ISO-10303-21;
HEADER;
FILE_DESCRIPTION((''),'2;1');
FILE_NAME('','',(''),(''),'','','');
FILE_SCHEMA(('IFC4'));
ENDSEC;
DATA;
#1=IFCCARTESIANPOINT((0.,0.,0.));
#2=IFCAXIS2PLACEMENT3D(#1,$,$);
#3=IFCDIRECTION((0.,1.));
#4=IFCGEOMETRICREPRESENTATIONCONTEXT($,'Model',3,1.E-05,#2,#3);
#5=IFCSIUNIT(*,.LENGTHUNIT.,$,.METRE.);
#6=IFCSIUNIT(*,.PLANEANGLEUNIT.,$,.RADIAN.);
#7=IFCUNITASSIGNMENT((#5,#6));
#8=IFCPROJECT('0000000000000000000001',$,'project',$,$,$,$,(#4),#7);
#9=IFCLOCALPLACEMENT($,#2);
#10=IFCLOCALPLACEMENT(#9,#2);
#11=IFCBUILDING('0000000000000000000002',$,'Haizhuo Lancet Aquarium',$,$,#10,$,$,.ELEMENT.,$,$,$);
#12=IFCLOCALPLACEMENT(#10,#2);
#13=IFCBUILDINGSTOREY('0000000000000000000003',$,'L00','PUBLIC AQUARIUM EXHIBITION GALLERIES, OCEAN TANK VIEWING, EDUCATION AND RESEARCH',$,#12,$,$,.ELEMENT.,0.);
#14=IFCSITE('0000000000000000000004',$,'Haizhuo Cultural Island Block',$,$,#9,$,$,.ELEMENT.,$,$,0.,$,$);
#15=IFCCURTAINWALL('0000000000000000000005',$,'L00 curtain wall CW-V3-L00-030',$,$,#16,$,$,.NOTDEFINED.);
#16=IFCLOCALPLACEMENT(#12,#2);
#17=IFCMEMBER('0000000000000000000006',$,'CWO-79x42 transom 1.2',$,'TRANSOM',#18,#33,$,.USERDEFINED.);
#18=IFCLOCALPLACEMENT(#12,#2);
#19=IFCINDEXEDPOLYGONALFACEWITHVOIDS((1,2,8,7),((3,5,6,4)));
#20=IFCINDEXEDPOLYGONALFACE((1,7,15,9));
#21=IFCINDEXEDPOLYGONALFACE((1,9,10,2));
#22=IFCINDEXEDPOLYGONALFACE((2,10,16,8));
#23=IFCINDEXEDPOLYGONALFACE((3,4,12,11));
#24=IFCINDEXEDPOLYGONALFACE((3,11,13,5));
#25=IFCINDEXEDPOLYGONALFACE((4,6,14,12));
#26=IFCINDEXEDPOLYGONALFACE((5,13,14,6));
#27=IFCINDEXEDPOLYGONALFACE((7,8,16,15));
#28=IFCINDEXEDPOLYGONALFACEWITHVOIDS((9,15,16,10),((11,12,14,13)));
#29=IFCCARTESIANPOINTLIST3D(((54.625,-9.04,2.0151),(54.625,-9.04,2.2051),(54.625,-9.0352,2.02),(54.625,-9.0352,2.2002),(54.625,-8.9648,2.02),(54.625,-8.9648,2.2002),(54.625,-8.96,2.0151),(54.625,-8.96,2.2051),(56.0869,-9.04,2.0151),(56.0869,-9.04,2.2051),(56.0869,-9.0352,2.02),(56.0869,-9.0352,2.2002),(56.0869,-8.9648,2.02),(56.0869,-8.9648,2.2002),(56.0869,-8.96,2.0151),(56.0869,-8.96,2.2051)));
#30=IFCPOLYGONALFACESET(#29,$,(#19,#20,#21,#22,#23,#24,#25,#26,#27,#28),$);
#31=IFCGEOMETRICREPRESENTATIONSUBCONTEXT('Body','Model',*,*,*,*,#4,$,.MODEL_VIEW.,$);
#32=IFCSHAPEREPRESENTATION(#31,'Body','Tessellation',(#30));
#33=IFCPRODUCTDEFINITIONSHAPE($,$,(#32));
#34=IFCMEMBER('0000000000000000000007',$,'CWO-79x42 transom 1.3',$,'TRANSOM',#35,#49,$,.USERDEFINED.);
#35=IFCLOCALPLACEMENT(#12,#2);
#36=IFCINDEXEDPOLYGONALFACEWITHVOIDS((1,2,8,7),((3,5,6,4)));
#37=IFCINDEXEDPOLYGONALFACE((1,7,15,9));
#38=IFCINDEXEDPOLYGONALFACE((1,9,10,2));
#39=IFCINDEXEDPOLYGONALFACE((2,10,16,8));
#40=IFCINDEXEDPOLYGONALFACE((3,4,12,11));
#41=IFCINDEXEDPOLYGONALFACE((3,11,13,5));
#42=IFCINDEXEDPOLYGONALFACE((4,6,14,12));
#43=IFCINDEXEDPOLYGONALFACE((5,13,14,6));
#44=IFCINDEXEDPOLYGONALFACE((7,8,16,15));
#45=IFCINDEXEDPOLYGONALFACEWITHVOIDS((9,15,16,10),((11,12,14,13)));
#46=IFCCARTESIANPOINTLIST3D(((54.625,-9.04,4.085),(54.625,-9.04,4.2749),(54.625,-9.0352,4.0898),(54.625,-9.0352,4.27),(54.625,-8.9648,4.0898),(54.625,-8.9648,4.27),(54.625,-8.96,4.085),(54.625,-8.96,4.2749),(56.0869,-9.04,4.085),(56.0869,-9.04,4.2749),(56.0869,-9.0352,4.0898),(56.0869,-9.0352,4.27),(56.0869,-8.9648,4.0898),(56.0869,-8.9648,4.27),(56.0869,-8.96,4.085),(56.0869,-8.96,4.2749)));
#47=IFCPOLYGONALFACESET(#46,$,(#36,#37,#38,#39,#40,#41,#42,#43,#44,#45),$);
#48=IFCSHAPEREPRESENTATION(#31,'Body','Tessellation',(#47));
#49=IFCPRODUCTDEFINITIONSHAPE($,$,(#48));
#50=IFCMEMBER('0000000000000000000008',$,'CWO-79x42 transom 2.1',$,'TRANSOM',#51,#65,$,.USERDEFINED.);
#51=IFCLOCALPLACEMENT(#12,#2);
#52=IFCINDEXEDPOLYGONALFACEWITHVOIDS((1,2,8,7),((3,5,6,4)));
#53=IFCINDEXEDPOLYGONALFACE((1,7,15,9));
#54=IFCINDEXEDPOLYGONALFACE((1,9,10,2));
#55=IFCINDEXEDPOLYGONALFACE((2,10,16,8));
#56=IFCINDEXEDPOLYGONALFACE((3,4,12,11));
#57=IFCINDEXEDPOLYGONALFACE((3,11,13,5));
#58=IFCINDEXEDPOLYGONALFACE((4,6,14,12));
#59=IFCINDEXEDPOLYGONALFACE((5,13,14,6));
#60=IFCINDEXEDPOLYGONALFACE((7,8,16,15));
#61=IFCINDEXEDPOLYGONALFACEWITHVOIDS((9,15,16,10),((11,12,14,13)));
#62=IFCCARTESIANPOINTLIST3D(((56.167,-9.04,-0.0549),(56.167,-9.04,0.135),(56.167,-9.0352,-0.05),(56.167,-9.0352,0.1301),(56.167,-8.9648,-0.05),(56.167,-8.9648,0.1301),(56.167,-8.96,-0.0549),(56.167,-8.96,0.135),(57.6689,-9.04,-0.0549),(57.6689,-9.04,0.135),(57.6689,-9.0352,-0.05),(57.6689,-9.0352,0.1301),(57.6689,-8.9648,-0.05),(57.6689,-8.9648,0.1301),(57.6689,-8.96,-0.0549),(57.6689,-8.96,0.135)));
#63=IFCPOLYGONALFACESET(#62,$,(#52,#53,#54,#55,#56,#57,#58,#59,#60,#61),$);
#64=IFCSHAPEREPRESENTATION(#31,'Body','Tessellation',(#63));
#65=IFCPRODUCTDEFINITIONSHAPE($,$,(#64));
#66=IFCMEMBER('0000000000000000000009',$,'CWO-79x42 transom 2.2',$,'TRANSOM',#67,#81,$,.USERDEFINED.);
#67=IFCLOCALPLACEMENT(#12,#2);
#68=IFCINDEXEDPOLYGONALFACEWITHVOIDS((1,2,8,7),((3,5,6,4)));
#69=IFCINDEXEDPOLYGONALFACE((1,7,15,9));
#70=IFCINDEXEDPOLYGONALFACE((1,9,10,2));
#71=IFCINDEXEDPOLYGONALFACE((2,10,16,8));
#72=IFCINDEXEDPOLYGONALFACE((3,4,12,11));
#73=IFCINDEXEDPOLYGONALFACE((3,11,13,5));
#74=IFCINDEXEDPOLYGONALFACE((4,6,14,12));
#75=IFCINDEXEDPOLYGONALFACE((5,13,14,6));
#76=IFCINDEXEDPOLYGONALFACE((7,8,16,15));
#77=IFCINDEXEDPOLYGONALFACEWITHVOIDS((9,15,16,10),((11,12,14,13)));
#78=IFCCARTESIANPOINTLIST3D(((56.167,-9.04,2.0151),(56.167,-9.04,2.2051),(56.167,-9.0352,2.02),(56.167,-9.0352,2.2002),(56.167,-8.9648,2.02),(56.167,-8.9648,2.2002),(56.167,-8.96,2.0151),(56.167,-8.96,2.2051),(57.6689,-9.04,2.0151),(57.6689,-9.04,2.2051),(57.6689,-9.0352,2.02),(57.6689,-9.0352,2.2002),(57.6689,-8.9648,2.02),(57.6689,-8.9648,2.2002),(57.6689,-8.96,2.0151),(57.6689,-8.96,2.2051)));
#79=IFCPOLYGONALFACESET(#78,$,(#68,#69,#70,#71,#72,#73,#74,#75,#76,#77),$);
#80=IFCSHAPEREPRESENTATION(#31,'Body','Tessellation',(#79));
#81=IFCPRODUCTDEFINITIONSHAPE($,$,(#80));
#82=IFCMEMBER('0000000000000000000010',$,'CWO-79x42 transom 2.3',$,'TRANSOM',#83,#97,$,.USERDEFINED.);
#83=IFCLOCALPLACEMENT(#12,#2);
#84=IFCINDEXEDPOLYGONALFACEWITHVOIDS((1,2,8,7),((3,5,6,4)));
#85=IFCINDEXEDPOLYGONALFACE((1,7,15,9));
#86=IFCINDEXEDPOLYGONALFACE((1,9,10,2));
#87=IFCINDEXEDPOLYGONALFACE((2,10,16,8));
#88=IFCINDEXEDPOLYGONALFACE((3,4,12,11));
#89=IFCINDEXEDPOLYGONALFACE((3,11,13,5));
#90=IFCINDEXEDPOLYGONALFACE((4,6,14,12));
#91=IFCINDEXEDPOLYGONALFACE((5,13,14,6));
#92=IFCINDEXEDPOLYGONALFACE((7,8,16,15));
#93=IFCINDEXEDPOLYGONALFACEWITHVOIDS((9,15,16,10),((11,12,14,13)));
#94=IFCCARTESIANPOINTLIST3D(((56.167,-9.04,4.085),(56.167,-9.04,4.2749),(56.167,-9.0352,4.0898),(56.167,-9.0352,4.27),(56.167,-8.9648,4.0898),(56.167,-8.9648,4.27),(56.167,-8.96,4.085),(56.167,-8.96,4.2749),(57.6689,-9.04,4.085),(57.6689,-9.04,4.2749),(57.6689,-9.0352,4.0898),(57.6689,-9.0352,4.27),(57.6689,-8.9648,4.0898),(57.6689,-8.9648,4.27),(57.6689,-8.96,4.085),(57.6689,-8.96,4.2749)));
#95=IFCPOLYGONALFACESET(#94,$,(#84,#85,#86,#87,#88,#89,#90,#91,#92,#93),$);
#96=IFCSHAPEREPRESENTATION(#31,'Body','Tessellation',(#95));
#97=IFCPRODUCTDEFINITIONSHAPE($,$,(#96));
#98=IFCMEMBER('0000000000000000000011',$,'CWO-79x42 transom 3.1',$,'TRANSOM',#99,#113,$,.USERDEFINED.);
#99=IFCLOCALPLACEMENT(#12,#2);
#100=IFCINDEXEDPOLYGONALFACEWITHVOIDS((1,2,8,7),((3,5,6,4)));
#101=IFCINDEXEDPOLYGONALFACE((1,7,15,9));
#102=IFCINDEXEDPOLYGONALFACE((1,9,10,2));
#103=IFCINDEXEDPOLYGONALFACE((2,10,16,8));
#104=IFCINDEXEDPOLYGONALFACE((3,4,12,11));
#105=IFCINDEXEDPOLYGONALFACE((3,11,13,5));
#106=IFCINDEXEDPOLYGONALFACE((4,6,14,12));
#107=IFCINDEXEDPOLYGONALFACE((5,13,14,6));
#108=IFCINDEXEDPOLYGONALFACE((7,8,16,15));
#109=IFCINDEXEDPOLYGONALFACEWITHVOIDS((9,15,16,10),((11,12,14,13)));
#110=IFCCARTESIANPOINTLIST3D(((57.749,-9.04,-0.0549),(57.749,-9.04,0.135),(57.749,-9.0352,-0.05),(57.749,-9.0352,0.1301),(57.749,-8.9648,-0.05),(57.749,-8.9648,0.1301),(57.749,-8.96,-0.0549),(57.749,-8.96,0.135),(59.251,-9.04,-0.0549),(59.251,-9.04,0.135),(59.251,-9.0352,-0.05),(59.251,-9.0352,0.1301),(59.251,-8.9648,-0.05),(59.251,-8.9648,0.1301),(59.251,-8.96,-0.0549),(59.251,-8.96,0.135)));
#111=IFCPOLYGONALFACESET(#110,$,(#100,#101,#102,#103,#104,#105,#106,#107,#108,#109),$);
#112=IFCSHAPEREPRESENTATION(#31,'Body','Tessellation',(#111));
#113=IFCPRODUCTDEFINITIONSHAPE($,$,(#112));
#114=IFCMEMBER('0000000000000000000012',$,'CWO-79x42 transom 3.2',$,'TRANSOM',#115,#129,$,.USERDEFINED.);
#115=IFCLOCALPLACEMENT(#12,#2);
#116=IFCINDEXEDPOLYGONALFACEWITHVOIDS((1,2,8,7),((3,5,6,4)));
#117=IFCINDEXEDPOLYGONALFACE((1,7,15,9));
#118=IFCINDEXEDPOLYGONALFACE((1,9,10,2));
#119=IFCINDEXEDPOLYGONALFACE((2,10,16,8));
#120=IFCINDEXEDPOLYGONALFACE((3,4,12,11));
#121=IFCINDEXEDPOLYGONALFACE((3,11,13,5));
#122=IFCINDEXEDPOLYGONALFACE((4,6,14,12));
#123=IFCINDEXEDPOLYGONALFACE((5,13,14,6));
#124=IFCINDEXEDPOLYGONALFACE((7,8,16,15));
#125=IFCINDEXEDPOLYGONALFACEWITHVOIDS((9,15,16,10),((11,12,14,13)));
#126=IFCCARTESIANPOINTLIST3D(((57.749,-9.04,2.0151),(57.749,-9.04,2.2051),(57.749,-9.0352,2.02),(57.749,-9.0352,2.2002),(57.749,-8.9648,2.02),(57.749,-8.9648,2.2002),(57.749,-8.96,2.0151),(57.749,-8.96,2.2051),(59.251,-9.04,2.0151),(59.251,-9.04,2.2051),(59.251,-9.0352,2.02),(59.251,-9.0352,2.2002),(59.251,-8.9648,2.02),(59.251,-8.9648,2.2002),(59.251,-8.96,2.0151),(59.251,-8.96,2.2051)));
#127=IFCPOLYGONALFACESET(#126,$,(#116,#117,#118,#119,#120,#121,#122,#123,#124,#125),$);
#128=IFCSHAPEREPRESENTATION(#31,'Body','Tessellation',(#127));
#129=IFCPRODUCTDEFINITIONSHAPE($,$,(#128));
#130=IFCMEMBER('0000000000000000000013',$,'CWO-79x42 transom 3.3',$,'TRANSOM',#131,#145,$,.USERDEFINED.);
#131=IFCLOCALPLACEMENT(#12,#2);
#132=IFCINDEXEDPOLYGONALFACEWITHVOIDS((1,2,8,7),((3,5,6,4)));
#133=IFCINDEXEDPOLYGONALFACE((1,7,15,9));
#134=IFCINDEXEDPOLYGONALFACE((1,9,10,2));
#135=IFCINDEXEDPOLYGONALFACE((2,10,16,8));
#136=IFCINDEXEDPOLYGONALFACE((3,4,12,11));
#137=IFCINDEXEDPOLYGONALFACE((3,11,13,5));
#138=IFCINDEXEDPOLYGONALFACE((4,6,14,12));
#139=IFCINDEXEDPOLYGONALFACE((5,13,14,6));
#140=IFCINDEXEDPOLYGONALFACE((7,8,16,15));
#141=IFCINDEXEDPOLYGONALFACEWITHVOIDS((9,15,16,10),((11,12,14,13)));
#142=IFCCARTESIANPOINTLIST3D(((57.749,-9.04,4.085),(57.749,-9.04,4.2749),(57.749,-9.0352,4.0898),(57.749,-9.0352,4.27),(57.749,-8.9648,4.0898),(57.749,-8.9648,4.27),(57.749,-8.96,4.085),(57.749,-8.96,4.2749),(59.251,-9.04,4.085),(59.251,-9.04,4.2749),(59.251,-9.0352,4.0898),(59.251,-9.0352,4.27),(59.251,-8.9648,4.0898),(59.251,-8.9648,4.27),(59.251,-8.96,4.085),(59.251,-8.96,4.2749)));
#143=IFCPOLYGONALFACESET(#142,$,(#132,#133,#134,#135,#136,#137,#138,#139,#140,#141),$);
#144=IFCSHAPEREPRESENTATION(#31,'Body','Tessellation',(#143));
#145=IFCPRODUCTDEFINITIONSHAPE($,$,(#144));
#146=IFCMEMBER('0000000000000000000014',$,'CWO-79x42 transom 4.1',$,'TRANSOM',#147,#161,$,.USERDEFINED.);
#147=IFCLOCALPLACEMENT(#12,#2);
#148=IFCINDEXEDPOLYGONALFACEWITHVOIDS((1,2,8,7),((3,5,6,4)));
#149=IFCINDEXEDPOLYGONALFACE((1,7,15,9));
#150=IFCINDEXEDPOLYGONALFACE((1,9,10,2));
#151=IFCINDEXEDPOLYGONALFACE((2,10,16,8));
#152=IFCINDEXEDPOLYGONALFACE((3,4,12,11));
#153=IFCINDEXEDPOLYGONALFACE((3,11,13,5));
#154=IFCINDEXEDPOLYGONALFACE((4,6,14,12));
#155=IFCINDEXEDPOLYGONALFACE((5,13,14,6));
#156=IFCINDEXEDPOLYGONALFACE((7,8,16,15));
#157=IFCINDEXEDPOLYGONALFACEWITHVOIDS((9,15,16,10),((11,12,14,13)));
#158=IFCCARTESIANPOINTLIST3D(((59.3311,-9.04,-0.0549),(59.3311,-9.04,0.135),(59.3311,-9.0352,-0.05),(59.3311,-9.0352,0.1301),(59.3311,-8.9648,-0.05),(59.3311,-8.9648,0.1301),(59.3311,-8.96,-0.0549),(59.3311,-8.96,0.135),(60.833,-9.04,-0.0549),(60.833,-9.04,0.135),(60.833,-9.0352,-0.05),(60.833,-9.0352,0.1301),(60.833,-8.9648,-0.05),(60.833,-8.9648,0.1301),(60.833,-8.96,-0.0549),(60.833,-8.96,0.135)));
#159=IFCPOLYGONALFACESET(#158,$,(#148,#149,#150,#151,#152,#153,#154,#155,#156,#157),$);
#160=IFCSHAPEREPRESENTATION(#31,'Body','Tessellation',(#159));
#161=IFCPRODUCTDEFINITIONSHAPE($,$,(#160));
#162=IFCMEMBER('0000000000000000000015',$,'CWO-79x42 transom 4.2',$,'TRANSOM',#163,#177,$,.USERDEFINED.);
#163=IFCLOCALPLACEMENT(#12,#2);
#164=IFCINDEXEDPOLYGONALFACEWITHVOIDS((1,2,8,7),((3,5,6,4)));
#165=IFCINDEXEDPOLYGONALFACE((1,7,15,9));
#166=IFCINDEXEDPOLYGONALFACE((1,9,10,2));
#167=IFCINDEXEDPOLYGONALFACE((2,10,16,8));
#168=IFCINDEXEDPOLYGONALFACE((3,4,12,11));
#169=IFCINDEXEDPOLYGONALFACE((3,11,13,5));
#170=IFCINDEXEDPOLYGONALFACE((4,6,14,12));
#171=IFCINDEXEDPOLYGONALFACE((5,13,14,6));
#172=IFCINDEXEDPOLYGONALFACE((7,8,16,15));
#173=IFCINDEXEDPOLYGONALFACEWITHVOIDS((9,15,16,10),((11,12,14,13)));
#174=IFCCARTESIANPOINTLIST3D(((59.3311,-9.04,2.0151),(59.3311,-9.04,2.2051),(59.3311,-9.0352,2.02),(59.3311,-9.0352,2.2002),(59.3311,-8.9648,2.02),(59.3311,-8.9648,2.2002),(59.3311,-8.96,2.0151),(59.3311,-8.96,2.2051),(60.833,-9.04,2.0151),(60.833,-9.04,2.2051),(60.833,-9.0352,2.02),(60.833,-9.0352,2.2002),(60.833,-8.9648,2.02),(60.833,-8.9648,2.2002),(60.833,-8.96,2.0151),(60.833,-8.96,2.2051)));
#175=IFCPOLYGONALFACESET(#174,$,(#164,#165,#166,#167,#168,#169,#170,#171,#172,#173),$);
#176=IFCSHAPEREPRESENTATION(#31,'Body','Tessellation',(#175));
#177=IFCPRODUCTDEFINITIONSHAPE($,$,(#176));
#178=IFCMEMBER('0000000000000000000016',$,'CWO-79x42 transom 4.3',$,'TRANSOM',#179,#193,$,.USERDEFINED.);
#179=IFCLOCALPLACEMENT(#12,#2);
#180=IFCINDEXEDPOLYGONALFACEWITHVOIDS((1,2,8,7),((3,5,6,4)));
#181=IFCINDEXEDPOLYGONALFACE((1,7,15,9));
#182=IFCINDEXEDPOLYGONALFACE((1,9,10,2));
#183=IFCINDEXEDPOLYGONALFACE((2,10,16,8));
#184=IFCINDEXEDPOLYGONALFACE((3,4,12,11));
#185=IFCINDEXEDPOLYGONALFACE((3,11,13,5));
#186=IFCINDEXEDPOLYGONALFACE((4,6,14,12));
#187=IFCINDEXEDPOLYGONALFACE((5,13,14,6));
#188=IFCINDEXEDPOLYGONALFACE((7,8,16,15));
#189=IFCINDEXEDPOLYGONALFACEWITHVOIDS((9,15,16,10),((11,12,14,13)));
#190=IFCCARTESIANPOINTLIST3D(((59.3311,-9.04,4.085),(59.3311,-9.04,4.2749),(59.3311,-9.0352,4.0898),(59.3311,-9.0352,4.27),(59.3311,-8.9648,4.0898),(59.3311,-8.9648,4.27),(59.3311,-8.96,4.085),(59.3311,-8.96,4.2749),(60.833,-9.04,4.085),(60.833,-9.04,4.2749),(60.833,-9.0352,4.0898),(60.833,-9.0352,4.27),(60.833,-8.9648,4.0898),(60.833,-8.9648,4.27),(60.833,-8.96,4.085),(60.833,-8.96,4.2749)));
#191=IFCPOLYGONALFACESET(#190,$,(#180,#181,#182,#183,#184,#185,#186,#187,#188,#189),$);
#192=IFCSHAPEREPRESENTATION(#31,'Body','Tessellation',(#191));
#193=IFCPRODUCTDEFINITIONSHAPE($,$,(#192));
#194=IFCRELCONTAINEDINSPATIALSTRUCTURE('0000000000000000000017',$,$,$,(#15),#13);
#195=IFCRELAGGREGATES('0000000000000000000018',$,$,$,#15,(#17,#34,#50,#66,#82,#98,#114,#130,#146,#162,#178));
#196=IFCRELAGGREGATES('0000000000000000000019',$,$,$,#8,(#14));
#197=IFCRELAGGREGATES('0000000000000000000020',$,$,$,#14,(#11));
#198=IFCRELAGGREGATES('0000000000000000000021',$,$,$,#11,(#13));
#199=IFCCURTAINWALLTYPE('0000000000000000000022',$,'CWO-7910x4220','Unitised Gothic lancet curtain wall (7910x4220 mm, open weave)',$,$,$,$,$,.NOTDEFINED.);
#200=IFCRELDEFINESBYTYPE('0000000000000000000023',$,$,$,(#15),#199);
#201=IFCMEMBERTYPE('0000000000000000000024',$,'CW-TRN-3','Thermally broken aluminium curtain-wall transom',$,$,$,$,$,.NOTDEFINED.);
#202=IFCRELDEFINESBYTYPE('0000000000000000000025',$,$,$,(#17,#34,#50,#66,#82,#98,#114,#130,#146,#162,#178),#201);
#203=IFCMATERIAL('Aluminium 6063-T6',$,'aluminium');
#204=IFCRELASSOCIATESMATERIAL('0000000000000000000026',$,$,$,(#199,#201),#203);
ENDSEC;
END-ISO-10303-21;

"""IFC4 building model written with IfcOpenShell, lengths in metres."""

from ifc_helpers import new_model, si_unit, direction, frame, origin, origin_2d, place, context, subcontext, project, spatial, hollow_rectangle, extrude, material, material_profile, profile_set, type_object, element, aggregate, save


model = new_model("IFC4")

# Units and contexts
model_context = context("Model", 3, precision=1e-05, world=origin(), true_north=direction((0.0, 1.0)))
body_context = subcontext(model_context, "Body", "Model", "MODEL_VIEW")
ifc_project = project(units=[si_unit("LENGTHUNIT", "METRE"), si_unit("PLANEANGLEUNIT", "RADIAN")], contexts=[model_context])

# Site, building, storey
site_placement = place(None, origin())
site = spatial("IfcSite", under=ifc_project, at=site_placement, Name="Haizhuo Cultural Island Block", CompositionType="ELEMENT", RefElevation=0.0)
building_placement = place(site_placement, origin())
building = spatial("IfcBuilding", under=site, at=building_placement, Name="Haizhuo Lancet Aquarium", CompositionType="ELEMENT")
storey_placement = place(building_placement, origin())
storey = spatial("IfcBuildingStorey", under=building, at=storey_placement, Name="L00", Description="PUBLIC AQUARIUM EXHIBITION GALLERIES, OCEAN TANK VIEWING, EDUCATION AND RESEARCH", CompositionType="ELEMENT", Elevation=0.0)

# Curtain wall, members
ifc_material_1 = material(Name="Aluminium 6063-T6", Category="aluminium")
curtain_wall_type = type_object("IfcCurtainWallType", Name="CWO-7910x4220", Description="Unitised Gothic lancet curtain wall (7910x4220 mm, open weave)", PredefinedType="NOTDEFINED", material=ifc_material_1)
curtain_wall_placement = place(storey_placement, origin())
curtain_wall = element("IfcCurtainWall", 1, at=curtain_wall_placement, inside=storey, type_object=curtain_wall_type, Name="L00 curtain wall CW-V3-L00-030", PredefinedType="NOTDEFINED")
ifc_material_profile_1 = material_profile(ifc_material_1, hollow_rectangle(XDim=0.0801, YDim=0.1899, WallThickness=0.0049, at=origin_2d()), Name="ALU-T 80x190x5")
ifc_profile_set_1 = profile_set([ifc_material_profile_1], Name="Aluminium 6063-T6")
member_type_1 = type_object("IfcMemberType", Name="CW-TRN-3", Description="Thermally broken aluminium curtain-wall transom", PredefinedType="NOTDEFINED", material=ifc_profile_set_1)
member_1_placement = place(storey_placement, frame((54.625, -9.0, 2.1101), z_axis=(1.0, 0.0, 0.0), x_axis=(0.0, 1.0, 0.0)))
member_1 = element("IfcMember", 2, at=member_1_placement, type_object=member_type_1, Name="CWO-79x42 transom 1.2", ObjectType="TRANSOM", PredefinedType="USERDEFINED", context=body_context, shape_type="SweptSolid", body=[
    extrude(hollow_rectangle(XDim=0.0801, YDim=0.1899, WallThickness=0.0049, at=origin_2d()), origin(), (0.0, 0.0, 1.0), 1.4619),
])
member_2_placement = place(storey_placement, frame((54.625, -9.0, 4.1799), z_axis=(1.0, 0.0, 0.0), x_axis=(0.0, 1.0, 0.0)))
member_2 = element("IfcMember", 3, at=member_2_placement, type_object=member_type_1, Name="CWO-79x42 transom 1.3", ObjectType="TRANSOM", PredefinedType="USERDEFINED", context=body_context, shape_type="SweptSolid", body=[
    extrude(hollow_rectangle(XDim=0.0801, YDim=0.1899, WallThickness=0.0049, at=origin_2d()), origin(), (0.0, 0.0, 1.0), 1.4619),
])
member_3_placement = place(storey_placement, frame((56.167, -9.0, 0.04), z_axis=(1.0, 0.0, 0.0), x_axis=(0.0, 1.0, 0.0)))
member_3 = element("IfcMember", 4, at=member_3_placement, type_object=member_type_1, Name="CWO-79x42 transom 2.1", ObjectType="TRANSOM", PredefinedType="USERDEFINED", context=body_context, shape_type="SweptSolid", body=[
    extrude(hollow_rectangle(XDim=0.0801, YDim=0.1899, WallThickness=0.0049, at=origin_2d()), origin(), (0.0, 0.0, 1.0), 1.502),
])
member_4_placement = place(storey_placement, frame((56.167, -9.0, 2.1101), z_axis=(1.0, 0.0, 0.0), x_axis=(0.0, 1.0, 0.0)))
member_4 = element("IfcMember", 5, at=member_4_placement, type_object=member_type_1, Name="CWO-79x42 transom 2.2", ObjectType="TRANSOM", PredefinedType="USERDEFINED", context=body_context, shape_type="SweptSolid", body=[
    extrude(hollow_rectangle(XDim=0.0801, YDim=0.1899, WallThickness=0.0049, at=origin_2d()), origin(), (0.0, 0.0, 1.0), 1.502),
])
member_5_placement = place(storey_placement, frame((56.167, -9.0, 4.1799), z_axis=(1.0, 0.0, 0.0), x_axis=(0.0, 1.0, 0.0)))
member_5 = element("IfcMember", 6, at=member_5_placement, type_object=member_type_1, Name="CWO-79x42 transom 2.3", ObjectType="TRANSOM", PredefinedType="USERDEFINED", context=body_context, shape_type="SweptSolid", body=[
    extrude(hollow_rectangle(XDim=0.0801, YDim=0.1899, WallThickness=0.0049, at=origin_2d()), origin(), (0.0, 0.0, 1.0), 1.502),
])
member_6_placement = place(storey_placement, frame((57.749, -9.0, 0.04), z_axis=(1.0, 0.0, 0.0), x_axis=(0.0, 1.0, 0.0)))
member_6 = element("IfcMember", 7, at=member_6_placement, type_object=member_type_1, Name="CWO-79x42 transom 3.1", ObjectType="TRANSOM", PredefinedType="USERDEFINED", context=body_context, shape_type="SweptSolid", body=[
    extrude(hollow_rectangle(XDim=0.0801, YDim=0.1899, WallThickness=0.0049, at=origin_2d()), origin(), (0.0, 0.0, 1.0), 1.502),
])
member_7_placement = place(storey_placement, frame((57.749, -9.0, 2.1101), z_axis=(1.0, 0.0, 0.0), x_axis=(0.0, 1.0, 0.0)))
member_7 = element("IfcMember", 8, at=member_7_placement, type_object=member_type_1, Name="CWO-79x42 transom 3.2", ObjectType="TRANSOM", PredefinedType="USERDEFINED", context=body_context, shape_type="SweptSolid", body=[
    extrude(hollow_rectangle(XDim=0.0801, YDim=0.1899, WallThickness=0.0049, at=origin_2d()), origin(), (0.0, 0.0, 1.0), 1.502),
])
member_8_placement = place(storey_placement, frame((57.749, -9.0, 4.1799), z_axis=(1.0, 0.0, 0.0), x_axis=(0.0, 1.0, 0.0)))
member_8 = element("IfcMember", 9, at=member_8_placement, type_object=member_type_1, Name="CWO-79x42 transom 3.3", ObjectType="TRANSOM", PredefinedType="USERDEFINED", context=body_context, shape_type="SweptSolid", body=[
    extrude(hollow_rectangle(XDim=0.0801, YDim=0.1899, WallThickness=0.0049, at=origin_2d()), origin(), (0.0, 0.0, 1.0), 1.502),
])
member_9_placement = place(storey_placement, frame((59.3311, -9.0, 0.04), z_axis=(1.0, 0.0, 0.0), x_axis=(0.0, 1.0, 0.0)))
member_9 = element("IfcMember", 10, at=member_9_placement, type_object=member_type_1, Name="CWO-79x42 transom 4.1", ObjectType="TRANSOM", PredefinedType="USERDEFINED", context=body_context, shape_type="SweptSolid", body=[
    extrude(hollow_rectangle(XDim=0.0801, YDim=0.1899, WallThickness=0.0049, at=origin_2d()), origin(), (0.0, 0.0, 1.0), 1.502),
])
member_10_placement = place(storey_placement, frame((59.3311, -9.0, 2.1101), z_axis=(1.0, 0.0, 0.0), x_axis=(0.0, 1.0, 0.0)))
member_10 = element("IfcMember", 11, at=member_10_placement, type_object=member_type_1, Name="CWO-79x42 transom 4.2", ObjectType="TRANSOM", PredefinedType="USERDEFINED", context=body_context, shape_type="SweptSolid", body=[
    extrude(hollow_rectangle(XDim=0.0801, YDim=0.1899, WallThickness=0.0049, at=origin_2d()), origin(), (0.0, 0.0, 1.0), 1.502),
])
member_11_placement = place(storey_placement, frame((59.3311, -9.0, 4.1799), z_axis=(1.0, 0.0, 0.0), x_axis=(0.0, 1.0, 0.0)))
member_11 = element("IfcMember", 12, at=member_11_placement, type_object=member_type_1, Name="CWO-79x42 transom 4.3", ObjectType="TRANSOM", PredefinedType="USERDEFINED", context=body_context, shape_type="SweptSolid", body=[
    extrude(hollow_rectangle(XDim=0.0801, YDim=0.1899, WallThickness=0.0049, at=origin_2d()), origin(), (0.0, 0.0, 1.0), 1.502),
])

aggregate(curtain_wall, [member_1, member_2, member_3, member_4, member_5, member_6, member_7, member_8, member_9, member_10, member_11])

save(model, "model.ifc")
